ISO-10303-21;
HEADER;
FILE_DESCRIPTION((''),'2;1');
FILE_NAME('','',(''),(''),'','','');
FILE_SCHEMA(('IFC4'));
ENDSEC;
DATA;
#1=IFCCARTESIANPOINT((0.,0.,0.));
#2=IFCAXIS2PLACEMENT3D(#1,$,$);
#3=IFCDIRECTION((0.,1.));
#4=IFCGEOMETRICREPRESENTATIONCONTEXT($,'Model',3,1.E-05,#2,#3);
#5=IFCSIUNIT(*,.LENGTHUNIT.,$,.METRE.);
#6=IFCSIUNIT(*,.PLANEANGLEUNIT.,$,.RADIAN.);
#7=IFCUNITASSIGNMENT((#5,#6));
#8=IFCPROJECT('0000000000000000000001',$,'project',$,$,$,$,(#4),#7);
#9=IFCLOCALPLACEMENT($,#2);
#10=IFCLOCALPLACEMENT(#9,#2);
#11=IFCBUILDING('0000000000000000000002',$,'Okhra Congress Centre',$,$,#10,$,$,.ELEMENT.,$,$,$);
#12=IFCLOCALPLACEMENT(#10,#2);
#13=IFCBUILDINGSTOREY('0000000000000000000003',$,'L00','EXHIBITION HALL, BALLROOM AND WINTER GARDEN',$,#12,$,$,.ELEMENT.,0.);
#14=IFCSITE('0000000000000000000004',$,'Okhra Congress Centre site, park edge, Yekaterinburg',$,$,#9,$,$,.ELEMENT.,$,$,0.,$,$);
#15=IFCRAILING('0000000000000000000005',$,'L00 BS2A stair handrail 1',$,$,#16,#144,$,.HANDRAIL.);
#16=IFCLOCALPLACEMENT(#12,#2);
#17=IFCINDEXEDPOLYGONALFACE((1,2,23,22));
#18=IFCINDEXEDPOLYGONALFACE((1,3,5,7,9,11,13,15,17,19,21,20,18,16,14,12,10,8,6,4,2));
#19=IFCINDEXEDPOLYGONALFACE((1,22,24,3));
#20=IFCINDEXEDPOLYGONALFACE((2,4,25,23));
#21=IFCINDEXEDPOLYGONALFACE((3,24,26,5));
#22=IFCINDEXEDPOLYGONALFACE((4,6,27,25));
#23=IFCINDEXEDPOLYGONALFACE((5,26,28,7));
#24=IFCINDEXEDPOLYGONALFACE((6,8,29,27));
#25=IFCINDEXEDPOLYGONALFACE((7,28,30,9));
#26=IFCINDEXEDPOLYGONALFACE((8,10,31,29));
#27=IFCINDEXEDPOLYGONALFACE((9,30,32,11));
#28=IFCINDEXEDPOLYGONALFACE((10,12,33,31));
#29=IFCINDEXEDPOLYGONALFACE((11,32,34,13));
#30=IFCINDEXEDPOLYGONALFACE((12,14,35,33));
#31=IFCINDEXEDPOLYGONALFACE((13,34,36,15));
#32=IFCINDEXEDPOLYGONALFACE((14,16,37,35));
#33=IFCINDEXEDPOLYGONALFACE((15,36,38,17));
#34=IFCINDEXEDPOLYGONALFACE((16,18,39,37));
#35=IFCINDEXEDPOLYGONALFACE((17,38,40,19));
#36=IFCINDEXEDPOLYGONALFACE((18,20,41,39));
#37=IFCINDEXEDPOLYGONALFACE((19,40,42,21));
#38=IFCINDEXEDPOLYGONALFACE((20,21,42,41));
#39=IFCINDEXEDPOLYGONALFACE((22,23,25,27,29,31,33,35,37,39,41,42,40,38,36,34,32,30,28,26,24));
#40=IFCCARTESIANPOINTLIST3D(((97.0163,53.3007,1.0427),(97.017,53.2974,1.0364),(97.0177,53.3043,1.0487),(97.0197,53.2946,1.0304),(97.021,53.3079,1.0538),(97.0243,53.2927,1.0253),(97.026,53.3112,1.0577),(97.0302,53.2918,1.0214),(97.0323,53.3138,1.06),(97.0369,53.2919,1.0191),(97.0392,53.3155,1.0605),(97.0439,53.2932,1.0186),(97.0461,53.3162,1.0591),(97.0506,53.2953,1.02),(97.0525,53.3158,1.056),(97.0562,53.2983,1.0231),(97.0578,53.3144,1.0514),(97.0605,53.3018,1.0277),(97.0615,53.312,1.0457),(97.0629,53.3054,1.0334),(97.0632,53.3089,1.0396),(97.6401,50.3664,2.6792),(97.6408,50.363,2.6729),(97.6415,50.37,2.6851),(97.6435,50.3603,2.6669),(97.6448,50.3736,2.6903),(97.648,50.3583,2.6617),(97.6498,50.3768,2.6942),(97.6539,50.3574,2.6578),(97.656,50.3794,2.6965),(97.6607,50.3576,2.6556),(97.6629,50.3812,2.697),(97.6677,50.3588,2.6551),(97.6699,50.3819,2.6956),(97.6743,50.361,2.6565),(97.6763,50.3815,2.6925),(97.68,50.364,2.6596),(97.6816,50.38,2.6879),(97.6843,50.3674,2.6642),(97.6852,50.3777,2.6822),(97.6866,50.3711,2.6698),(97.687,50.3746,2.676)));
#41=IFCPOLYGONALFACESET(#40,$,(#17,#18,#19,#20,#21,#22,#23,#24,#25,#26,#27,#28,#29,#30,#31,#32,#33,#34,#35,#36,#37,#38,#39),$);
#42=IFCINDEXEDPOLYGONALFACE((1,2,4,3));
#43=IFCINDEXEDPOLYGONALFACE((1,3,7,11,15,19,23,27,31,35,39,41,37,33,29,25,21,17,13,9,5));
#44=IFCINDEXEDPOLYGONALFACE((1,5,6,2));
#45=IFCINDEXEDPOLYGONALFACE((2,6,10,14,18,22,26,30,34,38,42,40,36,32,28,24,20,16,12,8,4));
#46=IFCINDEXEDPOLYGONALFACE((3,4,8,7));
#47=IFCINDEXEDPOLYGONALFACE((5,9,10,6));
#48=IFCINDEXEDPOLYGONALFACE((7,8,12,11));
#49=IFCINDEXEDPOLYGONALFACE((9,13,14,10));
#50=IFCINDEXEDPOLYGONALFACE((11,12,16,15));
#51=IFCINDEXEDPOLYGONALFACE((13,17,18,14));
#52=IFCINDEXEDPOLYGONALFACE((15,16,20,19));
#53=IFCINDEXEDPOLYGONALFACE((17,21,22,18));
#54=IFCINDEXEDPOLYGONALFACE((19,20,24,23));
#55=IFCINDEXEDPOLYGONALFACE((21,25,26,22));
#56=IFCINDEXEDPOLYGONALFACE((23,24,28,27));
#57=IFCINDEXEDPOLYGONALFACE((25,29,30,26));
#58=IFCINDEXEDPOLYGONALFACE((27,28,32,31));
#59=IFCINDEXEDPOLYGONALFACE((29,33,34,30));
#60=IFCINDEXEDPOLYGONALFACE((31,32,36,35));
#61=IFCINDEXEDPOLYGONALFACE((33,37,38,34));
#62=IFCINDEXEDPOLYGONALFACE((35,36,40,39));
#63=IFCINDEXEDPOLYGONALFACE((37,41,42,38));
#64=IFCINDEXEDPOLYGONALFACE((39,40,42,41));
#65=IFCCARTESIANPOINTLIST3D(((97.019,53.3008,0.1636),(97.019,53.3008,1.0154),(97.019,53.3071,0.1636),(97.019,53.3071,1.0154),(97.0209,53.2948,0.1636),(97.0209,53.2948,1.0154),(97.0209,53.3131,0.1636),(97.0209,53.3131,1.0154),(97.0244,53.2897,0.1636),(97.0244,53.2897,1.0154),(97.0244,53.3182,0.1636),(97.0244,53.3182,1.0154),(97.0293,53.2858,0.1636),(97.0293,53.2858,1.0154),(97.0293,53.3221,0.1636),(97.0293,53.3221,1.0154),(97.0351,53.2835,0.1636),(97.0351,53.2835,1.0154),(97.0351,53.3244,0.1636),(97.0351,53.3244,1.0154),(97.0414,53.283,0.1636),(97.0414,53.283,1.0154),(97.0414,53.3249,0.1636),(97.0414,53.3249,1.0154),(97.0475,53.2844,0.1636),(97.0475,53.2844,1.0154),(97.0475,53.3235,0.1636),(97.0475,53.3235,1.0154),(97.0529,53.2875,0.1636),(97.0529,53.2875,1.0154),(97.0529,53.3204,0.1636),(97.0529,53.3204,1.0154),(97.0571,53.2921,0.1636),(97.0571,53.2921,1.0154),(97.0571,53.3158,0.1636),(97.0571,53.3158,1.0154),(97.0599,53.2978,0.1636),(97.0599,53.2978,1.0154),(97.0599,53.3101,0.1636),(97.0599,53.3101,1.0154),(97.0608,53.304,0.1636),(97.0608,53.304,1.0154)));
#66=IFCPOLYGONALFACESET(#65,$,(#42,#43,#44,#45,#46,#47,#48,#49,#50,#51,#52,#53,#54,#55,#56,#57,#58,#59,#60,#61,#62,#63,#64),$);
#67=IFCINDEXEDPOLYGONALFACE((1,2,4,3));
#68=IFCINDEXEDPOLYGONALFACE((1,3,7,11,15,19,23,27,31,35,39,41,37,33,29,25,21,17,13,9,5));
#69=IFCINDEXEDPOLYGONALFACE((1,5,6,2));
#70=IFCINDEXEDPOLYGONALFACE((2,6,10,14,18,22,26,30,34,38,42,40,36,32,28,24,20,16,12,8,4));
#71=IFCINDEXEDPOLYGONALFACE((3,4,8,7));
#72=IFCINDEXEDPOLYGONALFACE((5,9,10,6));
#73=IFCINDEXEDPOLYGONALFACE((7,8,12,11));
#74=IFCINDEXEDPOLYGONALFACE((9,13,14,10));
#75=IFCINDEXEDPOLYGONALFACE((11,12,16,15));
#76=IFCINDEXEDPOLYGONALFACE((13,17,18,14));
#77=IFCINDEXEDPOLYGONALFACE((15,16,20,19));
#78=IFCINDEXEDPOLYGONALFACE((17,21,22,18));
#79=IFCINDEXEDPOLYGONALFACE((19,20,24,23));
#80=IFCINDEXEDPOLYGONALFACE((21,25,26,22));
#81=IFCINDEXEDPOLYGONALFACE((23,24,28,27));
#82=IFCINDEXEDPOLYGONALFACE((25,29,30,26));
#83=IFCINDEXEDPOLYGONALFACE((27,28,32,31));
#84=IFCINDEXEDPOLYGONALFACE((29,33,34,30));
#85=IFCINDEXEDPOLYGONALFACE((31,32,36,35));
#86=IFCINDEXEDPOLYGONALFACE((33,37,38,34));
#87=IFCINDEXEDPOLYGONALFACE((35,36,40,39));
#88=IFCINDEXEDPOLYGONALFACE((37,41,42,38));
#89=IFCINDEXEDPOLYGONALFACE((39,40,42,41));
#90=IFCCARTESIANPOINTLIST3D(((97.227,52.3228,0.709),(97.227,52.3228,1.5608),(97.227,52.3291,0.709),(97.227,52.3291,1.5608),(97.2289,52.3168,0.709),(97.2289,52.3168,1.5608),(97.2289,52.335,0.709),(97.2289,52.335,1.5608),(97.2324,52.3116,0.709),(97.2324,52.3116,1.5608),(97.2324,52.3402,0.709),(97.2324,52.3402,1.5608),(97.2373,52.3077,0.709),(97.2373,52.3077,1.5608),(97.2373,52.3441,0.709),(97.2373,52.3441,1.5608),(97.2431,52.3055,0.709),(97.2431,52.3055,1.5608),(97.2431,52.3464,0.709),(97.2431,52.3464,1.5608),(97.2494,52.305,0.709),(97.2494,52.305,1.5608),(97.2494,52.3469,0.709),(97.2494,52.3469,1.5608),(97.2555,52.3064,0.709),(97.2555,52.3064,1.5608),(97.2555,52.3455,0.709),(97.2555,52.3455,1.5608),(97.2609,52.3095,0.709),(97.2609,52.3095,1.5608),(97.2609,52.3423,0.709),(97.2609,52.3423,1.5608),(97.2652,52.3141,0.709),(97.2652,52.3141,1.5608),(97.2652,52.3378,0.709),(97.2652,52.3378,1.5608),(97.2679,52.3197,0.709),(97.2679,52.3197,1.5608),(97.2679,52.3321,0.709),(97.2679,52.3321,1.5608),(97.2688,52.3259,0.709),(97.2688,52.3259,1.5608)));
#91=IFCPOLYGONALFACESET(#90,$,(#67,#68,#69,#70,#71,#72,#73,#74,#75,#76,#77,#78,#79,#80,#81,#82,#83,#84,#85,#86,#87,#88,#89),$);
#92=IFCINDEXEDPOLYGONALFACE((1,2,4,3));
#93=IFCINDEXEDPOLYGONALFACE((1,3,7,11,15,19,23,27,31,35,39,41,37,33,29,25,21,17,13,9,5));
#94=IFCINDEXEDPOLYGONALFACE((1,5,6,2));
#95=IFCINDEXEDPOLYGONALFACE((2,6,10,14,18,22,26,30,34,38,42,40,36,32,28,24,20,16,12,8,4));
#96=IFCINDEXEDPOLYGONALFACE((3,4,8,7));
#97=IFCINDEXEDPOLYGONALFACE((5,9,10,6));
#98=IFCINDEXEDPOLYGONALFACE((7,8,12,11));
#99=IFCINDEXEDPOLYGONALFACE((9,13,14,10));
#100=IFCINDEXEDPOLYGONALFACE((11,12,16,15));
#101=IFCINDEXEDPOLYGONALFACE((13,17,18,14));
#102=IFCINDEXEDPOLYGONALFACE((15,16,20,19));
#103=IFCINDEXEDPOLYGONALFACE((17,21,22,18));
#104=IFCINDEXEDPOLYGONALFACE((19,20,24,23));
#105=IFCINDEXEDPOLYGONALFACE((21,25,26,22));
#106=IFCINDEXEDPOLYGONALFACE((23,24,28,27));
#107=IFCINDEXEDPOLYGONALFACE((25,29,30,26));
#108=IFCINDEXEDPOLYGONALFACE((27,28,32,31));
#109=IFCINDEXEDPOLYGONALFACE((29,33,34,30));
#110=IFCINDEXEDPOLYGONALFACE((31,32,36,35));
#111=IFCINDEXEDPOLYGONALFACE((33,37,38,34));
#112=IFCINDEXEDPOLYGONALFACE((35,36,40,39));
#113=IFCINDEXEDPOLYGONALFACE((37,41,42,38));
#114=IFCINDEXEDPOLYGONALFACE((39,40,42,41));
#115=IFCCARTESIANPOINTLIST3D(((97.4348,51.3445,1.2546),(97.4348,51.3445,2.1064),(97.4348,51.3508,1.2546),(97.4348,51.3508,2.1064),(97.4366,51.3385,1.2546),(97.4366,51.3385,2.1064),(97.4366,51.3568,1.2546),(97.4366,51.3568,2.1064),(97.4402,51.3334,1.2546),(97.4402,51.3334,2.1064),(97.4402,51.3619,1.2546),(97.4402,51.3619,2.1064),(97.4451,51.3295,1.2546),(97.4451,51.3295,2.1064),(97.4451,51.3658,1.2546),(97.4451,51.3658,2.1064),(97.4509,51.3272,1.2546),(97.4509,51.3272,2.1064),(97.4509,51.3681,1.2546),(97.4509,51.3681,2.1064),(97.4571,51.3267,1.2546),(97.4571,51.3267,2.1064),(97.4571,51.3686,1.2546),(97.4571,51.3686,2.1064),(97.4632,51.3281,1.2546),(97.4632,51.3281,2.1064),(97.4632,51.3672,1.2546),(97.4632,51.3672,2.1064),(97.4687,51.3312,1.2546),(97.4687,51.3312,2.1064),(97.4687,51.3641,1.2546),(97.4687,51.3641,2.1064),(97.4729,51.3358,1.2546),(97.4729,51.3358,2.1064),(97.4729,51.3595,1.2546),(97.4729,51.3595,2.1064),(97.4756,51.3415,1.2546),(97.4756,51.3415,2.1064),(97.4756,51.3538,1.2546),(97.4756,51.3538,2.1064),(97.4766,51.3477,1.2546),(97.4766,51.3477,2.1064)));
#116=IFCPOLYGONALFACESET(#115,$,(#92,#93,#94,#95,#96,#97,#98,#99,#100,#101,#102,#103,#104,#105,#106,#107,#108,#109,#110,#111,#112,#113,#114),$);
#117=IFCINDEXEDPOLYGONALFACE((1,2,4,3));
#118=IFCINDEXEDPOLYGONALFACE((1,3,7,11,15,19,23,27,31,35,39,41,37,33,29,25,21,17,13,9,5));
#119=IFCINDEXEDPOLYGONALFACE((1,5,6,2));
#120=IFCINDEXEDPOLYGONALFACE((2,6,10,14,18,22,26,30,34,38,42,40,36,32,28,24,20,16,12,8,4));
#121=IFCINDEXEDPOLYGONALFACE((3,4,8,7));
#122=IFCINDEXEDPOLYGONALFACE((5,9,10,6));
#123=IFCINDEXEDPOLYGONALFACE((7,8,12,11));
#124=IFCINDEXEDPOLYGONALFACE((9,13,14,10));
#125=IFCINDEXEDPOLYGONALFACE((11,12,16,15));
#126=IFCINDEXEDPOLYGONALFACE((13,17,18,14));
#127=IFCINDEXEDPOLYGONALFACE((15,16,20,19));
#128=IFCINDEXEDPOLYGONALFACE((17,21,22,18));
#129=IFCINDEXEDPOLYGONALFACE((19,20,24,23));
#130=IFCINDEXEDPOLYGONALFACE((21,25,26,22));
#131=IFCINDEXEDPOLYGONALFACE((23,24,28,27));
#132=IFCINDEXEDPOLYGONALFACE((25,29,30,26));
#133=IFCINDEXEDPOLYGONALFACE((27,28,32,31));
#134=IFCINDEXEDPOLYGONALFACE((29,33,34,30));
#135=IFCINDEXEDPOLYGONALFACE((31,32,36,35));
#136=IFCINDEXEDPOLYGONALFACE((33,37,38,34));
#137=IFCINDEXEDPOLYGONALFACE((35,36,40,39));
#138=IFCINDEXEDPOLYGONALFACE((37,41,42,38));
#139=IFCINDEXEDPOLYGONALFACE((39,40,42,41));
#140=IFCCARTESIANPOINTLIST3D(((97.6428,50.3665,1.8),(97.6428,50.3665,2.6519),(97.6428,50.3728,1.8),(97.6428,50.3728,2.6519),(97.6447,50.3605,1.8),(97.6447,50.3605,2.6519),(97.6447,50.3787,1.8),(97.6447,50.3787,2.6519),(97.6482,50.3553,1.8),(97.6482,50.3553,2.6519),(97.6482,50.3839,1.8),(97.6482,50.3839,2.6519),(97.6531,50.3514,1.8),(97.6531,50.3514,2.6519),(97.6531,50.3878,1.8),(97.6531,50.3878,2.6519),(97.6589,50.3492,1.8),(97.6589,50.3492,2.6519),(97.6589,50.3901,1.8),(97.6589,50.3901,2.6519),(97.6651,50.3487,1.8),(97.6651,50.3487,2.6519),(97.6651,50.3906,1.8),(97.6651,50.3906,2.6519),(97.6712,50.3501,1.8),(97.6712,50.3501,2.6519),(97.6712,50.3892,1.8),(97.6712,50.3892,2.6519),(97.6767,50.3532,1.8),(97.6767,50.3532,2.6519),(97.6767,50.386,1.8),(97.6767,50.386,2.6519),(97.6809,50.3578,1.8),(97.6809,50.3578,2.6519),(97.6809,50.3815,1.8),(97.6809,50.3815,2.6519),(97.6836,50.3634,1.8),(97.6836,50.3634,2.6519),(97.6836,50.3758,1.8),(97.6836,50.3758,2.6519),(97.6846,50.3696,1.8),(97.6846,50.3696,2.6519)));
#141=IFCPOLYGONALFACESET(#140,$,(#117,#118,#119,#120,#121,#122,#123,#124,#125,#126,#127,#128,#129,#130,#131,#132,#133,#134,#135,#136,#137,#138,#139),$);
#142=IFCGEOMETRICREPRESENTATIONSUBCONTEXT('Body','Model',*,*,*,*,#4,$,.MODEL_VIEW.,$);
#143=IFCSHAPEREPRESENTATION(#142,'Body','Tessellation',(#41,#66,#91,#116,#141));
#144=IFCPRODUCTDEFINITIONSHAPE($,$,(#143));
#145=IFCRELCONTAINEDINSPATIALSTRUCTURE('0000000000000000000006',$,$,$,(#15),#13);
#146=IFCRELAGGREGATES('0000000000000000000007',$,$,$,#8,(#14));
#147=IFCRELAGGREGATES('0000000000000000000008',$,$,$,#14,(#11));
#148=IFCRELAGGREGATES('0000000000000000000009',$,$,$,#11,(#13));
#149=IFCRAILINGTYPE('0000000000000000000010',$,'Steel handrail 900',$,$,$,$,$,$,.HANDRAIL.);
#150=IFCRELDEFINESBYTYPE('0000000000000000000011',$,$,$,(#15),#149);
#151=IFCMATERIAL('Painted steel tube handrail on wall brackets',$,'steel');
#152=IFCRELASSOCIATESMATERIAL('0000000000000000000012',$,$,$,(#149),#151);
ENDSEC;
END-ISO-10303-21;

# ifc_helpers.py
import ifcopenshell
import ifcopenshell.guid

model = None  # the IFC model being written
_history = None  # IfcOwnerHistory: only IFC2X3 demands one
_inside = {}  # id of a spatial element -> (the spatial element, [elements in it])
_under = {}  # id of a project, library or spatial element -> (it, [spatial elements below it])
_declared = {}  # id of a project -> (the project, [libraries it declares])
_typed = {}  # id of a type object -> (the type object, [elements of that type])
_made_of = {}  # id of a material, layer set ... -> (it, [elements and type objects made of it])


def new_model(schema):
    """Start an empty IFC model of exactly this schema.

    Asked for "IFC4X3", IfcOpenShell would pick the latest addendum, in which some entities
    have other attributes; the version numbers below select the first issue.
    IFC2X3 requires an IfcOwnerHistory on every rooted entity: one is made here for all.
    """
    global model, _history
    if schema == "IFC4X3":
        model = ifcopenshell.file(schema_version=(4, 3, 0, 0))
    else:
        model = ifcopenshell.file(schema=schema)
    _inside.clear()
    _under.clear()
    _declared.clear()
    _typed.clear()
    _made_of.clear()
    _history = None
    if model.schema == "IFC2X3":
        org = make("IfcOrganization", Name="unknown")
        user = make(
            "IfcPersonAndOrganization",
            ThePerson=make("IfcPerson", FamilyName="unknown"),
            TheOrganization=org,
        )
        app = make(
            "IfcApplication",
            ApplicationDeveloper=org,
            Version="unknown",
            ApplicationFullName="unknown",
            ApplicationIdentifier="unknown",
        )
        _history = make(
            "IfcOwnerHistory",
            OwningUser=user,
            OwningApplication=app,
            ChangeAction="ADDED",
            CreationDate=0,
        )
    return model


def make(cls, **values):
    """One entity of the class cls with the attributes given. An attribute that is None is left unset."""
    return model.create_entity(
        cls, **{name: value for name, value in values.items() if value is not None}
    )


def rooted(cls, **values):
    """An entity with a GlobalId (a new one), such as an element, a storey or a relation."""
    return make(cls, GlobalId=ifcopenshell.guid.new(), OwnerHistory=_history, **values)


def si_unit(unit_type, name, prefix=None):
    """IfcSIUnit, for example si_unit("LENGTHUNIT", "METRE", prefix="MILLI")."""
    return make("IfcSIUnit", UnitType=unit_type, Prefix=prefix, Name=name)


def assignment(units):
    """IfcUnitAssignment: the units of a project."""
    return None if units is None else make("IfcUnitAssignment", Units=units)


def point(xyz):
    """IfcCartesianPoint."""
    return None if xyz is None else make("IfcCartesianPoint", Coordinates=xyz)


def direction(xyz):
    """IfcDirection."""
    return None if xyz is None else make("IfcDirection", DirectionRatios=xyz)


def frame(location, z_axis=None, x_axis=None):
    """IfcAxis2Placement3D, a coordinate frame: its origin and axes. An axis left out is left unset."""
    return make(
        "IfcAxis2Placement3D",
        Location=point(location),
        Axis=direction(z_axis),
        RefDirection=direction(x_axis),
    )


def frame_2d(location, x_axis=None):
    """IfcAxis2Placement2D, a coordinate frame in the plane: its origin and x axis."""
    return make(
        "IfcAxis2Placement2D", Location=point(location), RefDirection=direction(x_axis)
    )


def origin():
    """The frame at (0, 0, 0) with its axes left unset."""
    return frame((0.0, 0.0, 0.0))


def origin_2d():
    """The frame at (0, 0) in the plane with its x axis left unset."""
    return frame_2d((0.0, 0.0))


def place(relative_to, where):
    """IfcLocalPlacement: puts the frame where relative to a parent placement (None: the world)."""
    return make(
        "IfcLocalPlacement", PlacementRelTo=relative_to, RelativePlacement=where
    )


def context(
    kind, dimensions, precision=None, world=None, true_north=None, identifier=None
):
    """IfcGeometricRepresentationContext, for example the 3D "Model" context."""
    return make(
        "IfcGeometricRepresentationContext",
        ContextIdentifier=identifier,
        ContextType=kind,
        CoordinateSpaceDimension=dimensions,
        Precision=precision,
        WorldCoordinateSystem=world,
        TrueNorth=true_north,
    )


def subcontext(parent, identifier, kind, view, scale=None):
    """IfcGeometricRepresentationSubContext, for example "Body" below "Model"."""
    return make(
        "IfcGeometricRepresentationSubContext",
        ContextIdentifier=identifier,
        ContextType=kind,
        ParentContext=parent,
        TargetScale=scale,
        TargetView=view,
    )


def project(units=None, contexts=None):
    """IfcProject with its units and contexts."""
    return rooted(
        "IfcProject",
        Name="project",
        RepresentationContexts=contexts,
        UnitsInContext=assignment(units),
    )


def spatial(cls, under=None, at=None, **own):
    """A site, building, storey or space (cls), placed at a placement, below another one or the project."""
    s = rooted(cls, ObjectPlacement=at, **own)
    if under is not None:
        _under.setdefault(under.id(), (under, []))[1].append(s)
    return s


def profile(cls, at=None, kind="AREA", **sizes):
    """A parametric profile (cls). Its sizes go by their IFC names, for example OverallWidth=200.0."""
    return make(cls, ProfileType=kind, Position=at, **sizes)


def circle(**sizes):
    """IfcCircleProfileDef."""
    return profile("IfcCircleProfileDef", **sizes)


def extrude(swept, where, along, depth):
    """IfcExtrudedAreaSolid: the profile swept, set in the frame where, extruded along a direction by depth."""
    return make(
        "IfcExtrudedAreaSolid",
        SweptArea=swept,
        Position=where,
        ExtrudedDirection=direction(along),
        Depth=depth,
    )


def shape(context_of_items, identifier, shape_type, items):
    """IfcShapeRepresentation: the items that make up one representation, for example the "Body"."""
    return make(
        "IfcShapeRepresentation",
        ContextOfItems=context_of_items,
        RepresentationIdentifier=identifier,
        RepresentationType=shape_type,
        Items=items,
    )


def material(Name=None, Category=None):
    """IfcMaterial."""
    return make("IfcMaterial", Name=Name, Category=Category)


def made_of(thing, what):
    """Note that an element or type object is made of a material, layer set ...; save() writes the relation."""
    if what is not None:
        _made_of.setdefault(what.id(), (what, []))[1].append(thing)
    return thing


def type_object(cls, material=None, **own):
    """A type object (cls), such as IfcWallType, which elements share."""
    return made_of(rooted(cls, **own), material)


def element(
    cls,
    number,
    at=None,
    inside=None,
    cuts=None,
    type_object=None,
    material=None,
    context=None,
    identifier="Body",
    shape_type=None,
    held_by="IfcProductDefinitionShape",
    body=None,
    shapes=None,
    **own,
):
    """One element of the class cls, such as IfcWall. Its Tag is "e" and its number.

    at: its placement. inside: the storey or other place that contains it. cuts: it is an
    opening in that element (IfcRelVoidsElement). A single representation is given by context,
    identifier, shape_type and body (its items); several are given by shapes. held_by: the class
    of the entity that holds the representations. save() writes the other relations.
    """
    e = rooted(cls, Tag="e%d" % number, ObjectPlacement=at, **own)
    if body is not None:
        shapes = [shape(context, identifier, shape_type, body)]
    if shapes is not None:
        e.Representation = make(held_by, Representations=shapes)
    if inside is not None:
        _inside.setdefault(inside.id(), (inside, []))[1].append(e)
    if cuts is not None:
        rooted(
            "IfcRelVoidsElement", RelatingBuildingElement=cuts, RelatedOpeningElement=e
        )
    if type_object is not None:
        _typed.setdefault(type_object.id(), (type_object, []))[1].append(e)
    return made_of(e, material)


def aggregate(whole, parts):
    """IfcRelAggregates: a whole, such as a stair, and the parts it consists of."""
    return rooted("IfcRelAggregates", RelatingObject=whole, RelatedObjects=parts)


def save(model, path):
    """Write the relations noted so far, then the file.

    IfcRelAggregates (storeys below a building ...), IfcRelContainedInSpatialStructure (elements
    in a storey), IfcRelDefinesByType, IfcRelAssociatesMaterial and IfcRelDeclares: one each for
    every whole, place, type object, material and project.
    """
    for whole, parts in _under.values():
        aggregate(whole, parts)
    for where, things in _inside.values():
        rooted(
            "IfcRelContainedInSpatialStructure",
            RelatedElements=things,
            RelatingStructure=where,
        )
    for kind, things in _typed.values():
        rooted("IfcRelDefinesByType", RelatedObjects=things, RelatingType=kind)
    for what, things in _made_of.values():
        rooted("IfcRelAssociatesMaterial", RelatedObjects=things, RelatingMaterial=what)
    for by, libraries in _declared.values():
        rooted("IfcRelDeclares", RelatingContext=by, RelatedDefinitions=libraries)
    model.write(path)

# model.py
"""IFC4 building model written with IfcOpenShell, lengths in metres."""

from ifc_helpers import new_model, si_unit, direction, frame, origin, origin_2d, place, context, subcontext, project, spatial, circle, extrude, material, type_object, element, save


model = new_model("IFC4")

# Units and contexts
model_context = context("Model", 3, precision=1e-05, world=origin(), true_north=direction((0.0, 1.0)))
body_context = subcontext(model_context, "Body", "Model", "MODEL_VIEW")
ifc_project = project(units=[si_unit("LENGTHUNIT", "METRE"), si_unit("PLANEANGLEUNIT", "RADIAN")], contexts=[model_context])

# Site, building, storey
site_placement = place(None, origin())
site = spatial("IfcSite", under=ifc_project, at=site_placement, Name="Okhra Congress Centre site, park edge, Yekaterinburg", CompositionType="ELEMENT", RefElevation=0.0)
building_placement = place(site_placement, origin())
building = spatial("IfcBuilding", under=site, at=building_placement, Name="Okhra Congress Centre", CompositionType="ELEMENT")
storey_placement = place(building_placement, origin())
storey = spatial("IfcBuildingStorey", under=building, at=storey_placement, Name="L00", Description="EXHIBITION HALL, BALLROOM AND WINTER GARDEN", CompositionType="ELEMENT", Elevation=0.0)

# Railing
ifc_material_1 = material(Name="Painted steel tube handrail on wall brackets", Category="steel")
railing_type_1 = type_object("IfcRailingType", Name="Steel handrail 900", PredefinedType="HANDRAIL", material=ifc_material_1)
railing_1_placement = place(storey_placement, frame((97.0398, 53.304, 0.1636)))
element("IfcRailing", 1, at=railing_1_placement, inside=storey, type_object=railing_type_1, Name="L00 BS2A stair handrail 1", PredefinedType="HANDRAIL", context=body_context, shape_type="SweptSolid", body=[
    extrude(circle(Radius=0.0239, at=origin_2d()), frame((0.0, 0.0, 0.876), z_axis=(0.18254, -0.858687, 0.47889), x_axis=(0.978143, 0.207934, 0.0)), (0.0, 0.0, 1.0), 3.4172),
    extrude(circle(Radius=0.021, at=origin_2d()), origin(), (0.0, 0.0, 1.0), 0.8518),
    extrude(circle(Radius=0.021, at=origin_2d()), frame((0.208, -0.978, 0.5454)), (0.0, 0.0, 1.0), 0.8518),
    extrude(circle(Radius=0.021, at=origin_2d()), frame((0.4158, -1.9563, 1.0911)), (0.0, 0.0, 1.0), 0.8518),
    extrude(circle(Radius=0.021, at=origin_2d()), frame((0.6238, -2.9343, 1.6365)), (0.0, 0.0, 1.0), 0.8518),
])

save(model, "model.ifc")
